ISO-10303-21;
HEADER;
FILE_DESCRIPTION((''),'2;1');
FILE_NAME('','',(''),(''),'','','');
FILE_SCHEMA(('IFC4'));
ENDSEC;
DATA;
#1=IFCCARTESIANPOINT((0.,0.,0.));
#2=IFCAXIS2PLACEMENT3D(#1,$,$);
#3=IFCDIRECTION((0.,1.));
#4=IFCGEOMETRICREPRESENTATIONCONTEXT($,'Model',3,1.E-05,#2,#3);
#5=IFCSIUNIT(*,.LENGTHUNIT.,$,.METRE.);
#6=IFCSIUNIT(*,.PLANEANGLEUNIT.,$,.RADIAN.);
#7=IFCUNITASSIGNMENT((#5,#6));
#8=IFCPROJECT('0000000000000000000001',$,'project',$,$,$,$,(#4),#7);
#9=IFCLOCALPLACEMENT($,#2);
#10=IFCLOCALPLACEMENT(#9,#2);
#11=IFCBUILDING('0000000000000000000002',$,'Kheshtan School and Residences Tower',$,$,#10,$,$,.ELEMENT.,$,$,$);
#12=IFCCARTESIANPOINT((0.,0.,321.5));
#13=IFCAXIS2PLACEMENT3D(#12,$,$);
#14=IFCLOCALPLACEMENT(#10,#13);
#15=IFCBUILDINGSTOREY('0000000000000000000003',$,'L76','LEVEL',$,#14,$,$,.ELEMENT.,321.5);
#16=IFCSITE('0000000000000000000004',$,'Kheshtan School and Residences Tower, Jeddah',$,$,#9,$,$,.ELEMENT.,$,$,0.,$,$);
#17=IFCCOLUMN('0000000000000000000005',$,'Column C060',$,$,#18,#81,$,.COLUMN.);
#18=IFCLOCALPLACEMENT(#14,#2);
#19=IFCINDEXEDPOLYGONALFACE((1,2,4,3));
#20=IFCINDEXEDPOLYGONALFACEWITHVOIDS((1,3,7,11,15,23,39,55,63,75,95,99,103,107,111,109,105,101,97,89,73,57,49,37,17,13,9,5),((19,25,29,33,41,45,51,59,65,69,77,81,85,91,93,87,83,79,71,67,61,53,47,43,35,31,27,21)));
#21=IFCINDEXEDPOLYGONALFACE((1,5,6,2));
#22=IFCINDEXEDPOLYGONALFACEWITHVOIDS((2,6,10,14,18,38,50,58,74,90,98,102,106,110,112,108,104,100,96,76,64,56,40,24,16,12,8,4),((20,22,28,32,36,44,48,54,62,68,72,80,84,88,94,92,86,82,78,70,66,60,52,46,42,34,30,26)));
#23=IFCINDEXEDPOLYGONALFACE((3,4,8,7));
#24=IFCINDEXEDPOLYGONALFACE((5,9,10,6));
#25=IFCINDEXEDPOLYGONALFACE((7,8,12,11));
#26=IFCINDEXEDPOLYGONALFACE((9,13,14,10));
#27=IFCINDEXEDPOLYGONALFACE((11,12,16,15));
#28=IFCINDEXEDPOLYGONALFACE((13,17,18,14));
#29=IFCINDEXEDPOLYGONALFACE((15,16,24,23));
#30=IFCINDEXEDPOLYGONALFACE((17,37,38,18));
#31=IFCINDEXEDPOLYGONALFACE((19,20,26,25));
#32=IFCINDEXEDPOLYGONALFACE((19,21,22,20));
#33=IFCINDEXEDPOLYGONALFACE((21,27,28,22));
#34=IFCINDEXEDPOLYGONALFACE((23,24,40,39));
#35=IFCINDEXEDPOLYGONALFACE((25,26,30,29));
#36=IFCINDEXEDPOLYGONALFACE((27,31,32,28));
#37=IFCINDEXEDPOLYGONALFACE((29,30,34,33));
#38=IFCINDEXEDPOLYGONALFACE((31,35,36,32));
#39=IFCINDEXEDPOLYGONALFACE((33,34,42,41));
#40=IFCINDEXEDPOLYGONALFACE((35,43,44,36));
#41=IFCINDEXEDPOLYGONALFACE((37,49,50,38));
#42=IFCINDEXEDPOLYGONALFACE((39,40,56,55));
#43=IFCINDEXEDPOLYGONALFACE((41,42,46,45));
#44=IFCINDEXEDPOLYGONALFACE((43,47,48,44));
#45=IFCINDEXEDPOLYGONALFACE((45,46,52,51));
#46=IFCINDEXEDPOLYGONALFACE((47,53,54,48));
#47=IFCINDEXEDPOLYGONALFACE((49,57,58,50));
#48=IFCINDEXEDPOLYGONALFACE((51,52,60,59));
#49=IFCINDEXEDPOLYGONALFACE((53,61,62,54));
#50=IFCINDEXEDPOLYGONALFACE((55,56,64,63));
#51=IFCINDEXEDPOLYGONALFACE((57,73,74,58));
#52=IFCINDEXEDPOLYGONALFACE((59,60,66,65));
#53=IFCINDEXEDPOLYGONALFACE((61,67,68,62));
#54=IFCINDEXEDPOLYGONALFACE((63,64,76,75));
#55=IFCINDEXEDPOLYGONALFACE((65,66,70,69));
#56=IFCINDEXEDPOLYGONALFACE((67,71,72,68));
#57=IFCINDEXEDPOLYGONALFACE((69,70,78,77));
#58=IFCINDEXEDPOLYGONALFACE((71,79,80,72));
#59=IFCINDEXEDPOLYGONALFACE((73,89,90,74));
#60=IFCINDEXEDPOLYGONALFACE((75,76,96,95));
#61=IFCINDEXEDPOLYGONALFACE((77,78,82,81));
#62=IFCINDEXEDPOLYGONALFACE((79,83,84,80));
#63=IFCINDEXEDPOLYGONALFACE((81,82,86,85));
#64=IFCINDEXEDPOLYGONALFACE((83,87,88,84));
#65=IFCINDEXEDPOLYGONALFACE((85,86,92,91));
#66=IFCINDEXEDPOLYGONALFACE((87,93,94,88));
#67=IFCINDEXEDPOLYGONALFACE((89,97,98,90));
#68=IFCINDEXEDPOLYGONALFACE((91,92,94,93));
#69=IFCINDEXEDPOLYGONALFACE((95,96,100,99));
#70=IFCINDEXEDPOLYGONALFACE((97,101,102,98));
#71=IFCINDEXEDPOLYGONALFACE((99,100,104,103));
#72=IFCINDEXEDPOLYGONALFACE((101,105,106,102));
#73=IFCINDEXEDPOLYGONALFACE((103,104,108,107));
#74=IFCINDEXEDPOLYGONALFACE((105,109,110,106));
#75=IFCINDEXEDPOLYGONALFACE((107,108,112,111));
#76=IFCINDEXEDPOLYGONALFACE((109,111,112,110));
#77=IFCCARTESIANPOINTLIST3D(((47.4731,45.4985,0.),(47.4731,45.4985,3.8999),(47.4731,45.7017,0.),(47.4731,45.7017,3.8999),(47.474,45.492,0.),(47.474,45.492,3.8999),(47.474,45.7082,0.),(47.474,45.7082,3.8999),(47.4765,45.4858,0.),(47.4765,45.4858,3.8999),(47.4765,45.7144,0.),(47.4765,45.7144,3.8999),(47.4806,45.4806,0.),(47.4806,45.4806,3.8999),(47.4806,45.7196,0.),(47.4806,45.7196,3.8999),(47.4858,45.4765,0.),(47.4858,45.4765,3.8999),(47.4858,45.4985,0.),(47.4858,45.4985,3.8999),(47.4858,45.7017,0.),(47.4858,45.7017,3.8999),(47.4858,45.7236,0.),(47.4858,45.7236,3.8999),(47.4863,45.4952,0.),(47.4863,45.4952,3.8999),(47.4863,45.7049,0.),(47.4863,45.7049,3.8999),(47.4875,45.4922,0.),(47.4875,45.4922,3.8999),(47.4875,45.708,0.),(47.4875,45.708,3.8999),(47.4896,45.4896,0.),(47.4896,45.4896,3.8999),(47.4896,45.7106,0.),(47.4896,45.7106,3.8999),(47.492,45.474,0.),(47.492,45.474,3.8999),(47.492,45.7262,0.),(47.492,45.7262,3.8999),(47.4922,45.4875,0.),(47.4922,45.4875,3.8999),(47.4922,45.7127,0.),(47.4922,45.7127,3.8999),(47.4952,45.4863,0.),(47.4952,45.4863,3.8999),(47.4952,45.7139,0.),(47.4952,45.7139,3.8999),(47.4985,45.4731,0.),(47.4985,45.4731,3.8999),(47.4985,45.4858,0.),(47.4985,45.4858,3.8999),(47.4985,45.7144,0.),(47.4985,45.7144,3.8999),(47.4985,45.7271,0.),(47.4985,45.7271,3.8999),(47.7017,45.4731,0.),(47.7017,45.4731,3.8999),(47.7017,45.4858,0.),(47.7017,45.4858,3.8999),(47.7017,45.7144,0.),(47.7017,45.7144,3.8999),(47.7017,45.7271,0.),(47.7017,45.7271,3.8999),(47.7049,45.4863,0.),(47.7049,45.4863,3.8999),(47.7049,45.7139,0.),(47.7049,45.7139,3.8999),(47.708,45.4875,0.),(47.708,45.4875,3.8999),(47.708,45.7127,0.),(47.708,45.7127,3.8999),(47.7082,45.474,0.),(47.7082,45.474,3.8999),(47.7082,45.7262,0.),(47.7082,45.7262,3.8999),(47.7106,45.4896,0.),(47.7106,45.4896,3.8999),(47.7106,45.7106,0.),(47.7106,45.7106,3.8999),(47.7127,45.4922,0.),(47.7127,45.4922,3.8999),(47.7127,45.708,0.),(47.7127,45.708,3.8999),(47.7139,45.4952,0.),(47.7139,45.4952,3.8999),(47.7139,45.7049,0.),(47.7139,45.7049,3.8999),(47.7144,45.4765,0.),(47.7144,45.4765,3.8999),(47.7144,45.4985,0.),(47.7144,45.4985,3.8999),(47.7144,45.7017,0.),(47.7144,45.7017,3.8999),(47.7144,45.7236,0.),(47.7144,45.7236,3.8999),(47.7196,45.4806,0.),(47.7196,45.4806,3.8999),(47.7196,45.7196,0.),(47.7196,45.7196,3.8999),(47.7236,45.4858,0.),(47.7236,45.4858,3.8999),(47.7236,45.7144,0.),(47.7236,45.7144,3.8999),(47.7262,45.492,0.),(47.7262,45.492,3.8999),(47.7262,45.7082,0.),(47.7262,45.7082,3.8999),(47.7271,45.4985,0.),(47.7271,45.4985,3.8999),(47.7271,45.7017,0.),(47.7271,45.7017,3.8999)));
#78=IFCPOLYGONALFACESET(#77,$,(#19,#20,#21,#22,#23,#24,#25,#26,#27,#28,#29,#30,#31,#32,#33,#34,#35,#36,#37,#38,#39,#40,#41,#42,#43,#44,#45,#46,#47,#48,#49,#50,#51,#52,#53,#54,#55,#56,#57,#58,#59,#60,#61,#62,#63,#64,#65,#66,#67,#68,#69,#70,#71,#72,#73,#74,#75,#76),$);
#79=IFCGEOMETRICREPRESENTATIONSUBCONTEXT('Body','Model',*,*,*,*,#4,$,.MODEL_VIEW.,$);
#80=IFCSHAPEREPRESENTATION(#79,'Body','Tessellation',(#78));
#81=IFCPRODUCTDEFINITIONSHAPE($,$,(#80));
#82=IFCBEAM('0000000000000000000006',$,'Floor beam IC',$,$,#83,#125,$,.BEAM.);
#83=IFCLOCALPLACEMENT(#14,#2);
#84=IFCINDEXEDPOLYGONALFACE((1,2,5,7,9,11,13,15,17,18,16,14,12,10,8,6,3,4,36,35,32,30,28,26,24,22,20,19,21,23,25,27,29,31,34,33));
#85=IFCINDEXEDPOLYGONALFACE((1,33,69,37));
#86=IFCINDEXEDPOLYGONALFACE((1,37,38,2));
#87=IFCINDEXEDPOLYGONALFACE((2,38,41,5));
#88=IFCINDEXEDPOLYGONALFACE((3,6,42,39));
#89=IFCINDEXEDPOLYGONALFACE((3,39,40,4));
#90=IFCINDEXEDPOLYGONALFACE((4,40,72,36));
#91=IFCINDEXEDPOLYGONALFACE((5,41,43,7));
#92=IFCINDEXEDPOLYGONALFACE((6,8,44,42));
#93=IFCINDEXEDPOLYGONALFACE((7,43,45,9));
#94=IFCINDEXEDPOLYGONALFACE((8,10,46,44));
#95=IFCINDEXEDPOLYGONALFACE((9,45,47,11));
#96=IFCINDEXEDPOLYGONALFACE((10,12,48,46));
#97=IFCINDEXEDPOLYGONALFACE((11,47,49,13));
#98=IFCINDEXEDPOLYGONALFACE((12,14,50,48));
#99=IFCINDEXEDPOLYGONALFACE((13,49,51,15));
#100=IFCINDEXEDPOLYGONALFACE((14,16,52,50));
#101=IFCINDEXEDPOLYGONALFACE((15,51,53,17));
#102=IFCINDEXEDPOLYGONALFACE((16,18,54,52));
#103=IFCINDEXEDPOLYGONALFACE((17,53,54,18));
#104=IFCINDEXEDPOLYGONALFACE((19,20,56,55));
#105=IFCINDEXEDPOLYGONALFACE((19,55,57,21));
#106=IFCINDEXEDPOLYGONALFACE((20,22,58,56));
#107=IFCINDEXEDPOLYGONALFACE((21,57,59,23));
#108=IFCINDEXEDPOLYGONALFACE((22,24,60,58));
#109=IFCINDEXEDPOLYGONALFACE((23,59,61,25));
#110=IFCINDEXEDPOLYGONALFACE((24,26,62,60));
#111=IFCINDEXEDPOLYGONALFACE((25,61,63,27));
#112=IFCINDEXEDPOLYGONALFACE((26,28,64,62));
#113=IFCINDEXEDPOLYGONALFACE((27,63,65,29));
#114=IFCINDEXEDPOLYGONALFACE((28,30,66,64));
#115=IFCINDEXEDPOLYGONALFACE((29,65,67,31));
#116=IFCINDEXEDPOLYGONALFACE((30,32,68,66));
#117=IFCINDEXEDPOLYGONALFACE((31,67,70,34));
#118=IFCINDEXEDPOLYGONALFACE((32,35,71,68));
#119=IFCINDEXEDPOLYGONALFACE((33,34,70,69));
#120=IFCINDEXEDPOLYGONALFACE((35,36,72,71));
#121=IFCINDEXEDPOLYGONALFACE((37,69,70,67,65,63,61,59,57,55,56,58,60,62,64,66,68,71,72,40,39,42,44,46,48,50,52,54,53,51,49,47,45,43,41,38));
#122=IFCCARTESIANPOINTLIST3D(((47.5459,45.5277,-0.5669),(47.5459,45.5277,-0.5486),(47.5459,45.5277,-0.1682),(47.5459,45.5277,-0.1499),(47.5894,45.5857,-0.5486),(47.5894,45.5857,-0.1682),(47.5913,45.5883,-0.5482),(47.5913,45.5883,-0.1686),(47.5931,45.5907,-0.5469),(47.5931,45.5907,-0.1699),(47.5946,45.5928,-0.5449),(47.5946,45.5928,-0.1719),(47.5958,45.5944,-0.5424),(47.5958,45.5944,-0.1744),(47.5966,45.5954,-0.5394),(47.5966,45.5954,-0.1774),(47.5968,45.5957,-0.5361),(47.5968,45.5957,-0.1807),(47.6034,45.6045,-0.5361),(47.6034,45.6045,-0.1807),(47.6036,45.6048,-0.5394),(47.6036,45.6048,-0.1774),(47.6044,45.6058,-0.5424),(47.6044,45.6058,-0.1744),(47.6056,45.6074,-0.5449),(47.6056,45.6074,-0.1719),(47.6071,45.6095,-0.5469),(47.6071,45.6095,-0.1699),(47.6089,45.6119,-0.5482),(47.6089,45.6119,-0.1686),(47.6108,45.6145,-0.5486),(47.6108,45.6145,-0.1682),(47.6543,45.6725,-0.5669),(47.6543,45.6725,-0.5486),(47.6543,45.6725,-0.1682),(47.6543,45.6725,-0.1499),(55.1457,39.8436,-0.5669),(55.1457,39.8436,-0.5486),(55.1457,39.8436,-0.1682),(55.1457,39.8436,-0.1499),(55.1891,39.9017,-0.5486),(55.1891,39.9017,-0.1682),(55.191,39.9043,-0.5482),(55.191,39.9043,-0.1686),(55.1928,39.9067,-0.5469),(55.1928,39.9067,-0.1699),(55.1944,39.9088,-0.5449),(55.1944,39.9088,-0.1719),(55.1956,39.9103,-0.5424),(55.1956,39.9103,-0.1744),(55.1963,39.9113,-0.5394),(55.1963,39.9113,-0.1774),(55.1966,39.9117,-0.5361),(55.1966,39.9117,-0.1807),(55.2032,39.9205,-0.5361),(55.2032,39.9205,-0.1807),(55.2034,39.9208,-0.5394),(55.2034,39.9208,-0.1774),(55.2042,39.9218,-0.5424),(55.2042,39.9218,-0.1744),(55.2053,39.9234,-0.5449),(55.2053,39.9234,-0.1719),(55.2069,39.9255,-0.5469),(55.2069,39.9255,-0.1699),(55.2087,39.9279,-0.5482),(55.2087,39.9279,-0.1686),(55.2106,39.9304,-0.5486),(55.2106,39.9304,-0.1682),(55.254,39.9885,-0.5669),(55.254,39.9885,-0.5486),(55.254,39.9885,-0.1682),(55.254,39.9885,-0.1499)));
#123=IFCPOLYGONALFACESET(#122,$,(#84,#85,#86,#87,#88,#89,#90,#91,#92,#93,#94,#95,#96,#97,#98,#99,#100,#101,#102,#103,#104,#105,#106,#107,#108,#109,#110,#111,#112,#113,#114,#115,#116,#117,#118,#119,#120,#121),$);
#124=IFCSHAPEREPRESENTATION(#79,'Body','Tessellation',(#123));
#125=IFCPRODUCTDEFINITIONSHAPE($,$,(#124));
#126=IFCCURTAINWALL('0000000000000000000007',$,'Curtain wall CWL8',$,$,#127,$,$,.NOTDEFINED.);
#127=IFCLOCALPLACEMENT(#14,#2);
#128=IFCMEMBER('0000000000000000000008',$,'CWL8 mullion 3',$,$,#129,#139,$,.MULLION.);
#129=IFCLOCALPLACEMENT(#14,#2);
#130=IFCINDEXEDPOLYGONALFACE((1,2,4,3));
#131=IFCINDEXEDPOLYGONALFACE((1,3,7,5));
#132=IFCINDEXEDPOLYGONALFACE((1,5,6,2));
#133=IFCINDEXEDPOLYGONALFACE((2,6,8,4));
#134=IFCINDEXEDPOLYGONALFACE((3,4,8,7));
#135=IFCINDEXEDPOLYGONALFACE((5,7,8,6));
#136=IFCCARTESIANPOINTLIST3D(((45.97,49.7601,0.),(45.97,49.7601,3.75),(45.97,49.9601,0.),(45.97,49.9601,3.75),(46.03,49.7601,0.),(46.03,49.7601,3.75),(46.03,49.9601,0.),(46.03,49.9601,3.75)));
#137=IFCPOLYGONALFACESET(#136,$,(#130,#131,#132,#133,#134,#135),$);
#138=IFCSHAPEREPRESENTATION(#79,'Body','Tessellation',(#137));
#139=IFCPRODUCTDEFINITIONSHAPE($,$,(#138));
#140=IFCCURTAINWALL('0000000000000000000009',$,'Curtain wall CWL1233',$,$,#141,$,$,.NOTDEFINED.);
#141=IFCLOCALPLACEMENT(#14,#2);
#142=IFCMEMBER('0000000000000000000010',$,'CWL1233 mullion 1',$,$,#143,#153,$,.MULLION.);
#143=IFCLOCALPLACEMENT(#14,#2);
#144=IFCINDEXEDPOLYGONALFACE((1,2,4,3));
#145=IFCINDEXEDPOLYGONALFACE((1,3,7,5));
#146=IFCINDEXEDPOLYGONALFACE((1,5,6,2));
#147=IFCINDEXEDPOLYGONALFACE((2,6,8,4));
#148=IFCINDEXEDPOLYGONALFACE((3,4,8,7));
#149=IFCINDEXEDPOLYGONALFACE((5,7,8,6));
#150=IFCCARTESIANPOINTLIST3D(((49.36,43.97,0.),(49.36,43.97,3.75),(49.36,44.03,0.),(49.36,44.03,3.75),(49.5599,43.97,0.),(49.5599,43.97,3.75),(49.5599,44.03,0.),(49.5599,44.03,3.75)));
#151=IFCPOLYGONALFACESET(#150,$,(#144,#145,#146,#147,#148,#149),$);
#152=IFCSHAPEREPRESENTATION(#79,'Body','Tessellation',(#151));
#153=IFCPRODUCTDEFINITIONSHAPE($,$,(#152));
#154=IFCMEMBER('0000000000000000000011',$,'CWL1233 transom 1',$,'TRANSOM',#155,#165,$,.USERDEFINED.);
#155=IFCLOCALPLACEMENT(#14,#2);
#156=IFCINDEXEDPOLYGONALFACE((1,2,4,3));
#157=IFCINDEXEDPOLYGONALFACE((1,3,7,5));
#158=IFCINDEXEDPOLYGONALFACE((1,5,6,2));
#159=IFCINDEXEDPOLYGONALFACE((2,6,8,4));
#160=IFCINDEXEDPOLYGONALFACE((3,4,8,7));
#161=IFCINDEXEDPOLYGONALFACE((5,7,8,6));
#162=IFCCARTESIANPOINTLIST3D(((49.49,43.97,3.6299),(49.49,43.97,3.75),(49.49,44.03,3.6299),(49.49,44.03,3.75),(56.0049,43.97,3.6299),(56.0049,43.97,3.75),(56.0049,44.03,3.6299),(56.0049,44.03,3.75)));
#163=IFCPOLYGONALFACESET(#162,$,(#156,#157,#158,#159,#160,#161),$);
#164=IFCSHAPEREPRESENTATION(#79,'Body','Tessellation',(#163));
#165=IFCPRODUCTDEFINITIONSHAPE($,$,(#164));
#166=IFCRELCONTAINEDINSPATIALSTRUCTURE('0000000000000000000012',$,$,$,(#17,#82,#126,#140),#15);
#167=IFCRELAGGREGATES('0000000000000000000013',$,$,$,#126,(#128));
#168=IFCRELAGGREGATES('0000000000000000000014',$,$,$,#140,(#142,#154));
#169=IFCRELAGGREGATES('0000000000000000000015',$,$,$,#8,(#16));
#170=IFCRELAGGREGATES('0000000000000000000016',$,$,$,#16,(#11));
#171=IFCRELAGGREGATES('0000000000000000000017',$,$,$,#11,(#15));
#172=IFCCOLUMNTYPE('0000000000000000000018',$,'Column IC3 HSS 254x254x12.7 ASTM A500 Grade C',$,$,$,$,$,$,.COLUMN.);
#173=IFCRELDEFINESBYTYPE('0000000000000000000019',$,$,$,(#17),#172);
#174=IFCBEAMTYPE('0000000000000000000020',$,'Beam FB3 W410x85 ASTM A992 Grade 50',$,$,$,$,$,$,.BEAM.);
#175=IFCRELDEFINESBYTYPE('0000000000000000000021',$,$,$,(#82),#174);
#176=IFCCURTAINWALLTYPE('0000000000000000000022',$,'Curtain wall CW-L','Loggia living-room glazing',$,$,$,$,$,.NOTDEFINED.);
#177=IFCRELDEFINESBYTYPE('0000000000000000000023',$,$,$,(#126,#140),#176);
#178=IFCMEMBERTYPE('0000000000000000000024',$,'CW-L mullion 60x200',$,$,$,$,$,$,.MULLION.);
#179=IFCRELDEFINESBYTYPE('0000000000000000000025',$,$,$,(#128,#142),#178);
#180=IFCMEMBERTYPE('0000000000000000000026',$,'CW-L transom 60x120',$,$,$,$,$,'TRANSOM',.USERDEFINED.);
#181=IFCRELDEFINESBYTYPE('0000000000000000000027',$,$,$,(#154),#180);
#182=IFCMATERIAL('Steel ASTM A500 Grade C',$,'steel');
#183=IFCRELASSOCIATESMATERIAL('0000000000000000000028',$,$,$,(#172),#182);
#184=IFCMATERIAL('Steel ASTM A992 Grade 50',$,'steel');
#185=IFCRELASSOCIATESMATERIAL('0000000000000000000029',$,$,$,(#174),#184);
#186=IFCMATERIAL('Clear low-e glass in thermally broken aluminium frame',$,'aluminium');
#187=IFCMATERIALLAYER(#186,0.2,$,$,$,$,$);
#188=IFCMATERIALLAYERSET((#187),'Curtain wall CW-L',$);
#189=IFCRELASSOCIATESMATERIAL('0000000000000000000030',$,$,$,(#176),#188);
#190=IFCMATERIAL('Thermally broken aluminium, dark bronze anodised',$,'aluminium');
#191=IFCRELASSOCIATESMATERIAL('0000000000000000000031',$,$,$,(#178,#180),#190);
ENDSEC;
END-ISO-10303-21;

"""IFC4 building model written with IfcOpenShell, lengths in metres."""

from ifc_helpers import new_model, si_unit, direction, frame, origin, origin_2d, place, context, subcontext, project, spatial, rectangle, hollow_rectangle, i_section, extrude, material, layer, layer_set, material_profile, profile_set, type_object, element, aggregate, save


model = new_model("IFC4")

# Units and contexts
model_context = context("Model", 3, precision=1e-05, world=origin(), true_north=direction((0.0, 1.0)))
body_context = subcontext(model_context, "Body", "Model", "MODEL_VIEW")
ifc_project = project(units=[si_unit("LENGTHUNIT", "METRE"), si_unit("PLANEANGLEUNIT", "RADIAN")], contexts=[model_context])

# Site, building, storey
site_placement = place(None, origin())
site = spatial("IfcSite", under=ifc_project, at=site_placement, Name="Kheshtan School and Residences Tower, Jeddah", CompositionType="ELEMENT", RefElevation=0.0)
building_placement = place(site_placement, origin())
building = spatial("IfcBuilding", under=site, at=building_placement, Name="Kheshtan School and Residences Tower", CompositionType="ELEMENT")
storey_placement = place(building_placement, frame((0.0, 0.0, 321.5)))
storey = spatial("IfcBuildingStorey", under=building, at=storey_placement, Name="L76", Description="LEVEL", CompositionType="ELEMENT", Elevation=321.5)

# Column
ifc_material_1 = material(Name="Steel ASTM A500 Grade C", Category="steel")
ifc_material_profile_1 = material_profile(ifc_material_1, hollow_rectangle(XDim=0.2539, YDim=0.2539, WallThickness=0.0127, InnerFilletRadius=0.0127, OuterFilletRadius=0.0254, at=origin_2d()), Name="HSS 254x254x12.7")
ifc_profile_set_1 = profile_set([ifc_material_profile_1], Name="Steel ASTM A500 Grade C")
column_type = type_object("IfcColumnType", Name="Column IC3 HSS 254x254x12.7 ASTM A500 Grade C", PredefinedType="COLUMN", material=ifc_profile_set_1)
column_placement = place(storey_placement, frame((47.6001, 45.6001, 0.0), z_axis=(0.0, 0.0, 1.0), x_axis=(1.0, 0.0, 0.0)))
element("IfcColumn", 1, at=column_placement, inside=storey, type_object=column_type, Name="Column C060", PredefinedType="COLUMN", context=body_context, shape_type="SweptSolid", body=[
    extrude(hollow_rectangle(XDim=0.2539, YDim=0.2539, WallThickness=0.0127, InnerFilletRadius=0.0127, OuterFilletRadius=0.0254, at=origin_2d()), origin(), (0.0, 0.0, 1.0), 3.8999),
])

# Beam
ifc_material_2 = material(Name="Steel ASTM A992 Grade 50", Category="steel")
ifc_material_profile_2 = material_profile(ifc_material_2, i_section(OverallWidth=0.1809, OverallDepth=0.417, WebThickness=0.011, FlangeThickness=0.0183, FilletRadius=0.0125, at=origin_2d()), Name="W410x85")
ifc_profile_set_2 = profile_set([ifc_material_profile_2], Name="Steel ASTM A992 Grade 50")
beam_type = type_object("IfcBeamType", Name="Beam FB3 W410x85 ASTM A992 Grade 50", PredefinedType="BEAM", material=ifc_profile_set_2)
beam_placement = place(storey_placement, frame((47.6001, 45.6001, -0.3584), z_axis=(0.800799, -0.598933, 0.0), x_axis=(0.598933, 0.800799, 0.0)))
element("IfcBeam", 2, at=beam_placement, inside=storey, type_object=beam_type, Name="Floor beam IC", PredefinedType="BEAM", context=body_context, shape_type="SweptSolid", body=[
    extrude(i_section(OverallWidth=0.1809, OverallDepth=0.417, WebThickness=0.011, FlangeThickness=0.0183, FilletRadius=0.0125, at=origin_2d()), origin(), (0.0, 0.0, 1.0), 9.4902),
])

# Curtain wall, member
ifc_material_3 = material(Name="Clear low-e glass in thermally broken aluminium frame", Category="aluminium")
ifc_layer_1 = layer(ifc_material_3, 0.2)
ifc_layer_set_1 = layer_set([ifc_layer_1], Name="Curtain wall CW-L")
curtain_wall_type = type_object("IfcCurtainWallType", Name="Curtain wall CW-L", Description="Loggia living-room glazing", PredefinedType="NOTDEFINED", material=ifc_layer_set_1)
curtain_wall_1_placement = place(storey_placement, origin())
curtain_wall_1 = element("IfcCurtainWall", 3, at=curtain_wall_1_placement, inside=storey, type_object=curtain_wall_type, Name="Curtain wall CWL8", PredefinedType="NOTDEFINED")
ifc_material_4 = material(Name="Thermally broken aluminium, dark bronze anodised", Category="aluminium")
ifc_material_profile_3 = material_profile(ifc_material_4, rectangle(XDim=0.0601, YDim=0.2, at=origin_2d()), Name="CW-L mullion 60x200")
ifc_profile_set_3 = profile_set([ifc_material_profile_3], Name="Thermally broken aluminium, dark bronze anodised")
member_type_1 = type_object("IfcMemberType", Name="CW-L mullion 60x200", PredefinedType="MULLION", material=ifc_profile_set_3)
member_1_placement = place(storey_placement, frame((46.0, 49.8601, 0.0), z_axis=(0.0, 0.0, 1.0), x_axis=(1.0, 0.0, 0.0)))
member_1 = element("IfcMember", 4, at=member_1_placement, type_object=member_type_1, Name="CWL8 mullion 3", PredefinedType="MULLION", context=body_context, shape_type="SweptSolid", body=[
    extrude(rectangle(XDim=0.0601, YDim=0.2, at=origin_2d()), origin(), (0.0, 0.0, 1.0), 3.75),
])
aggregate(curtain_wall_1, [member_1])

# Curtain wall, members
curtain_wall_2_placement = place(storey_placement, origin())
curtain_wall_2 = element("IfcCurtainWall", 5, at=curtain_wall_2_placement, inside=storey, type_object=curtain_wall_type, Name="Curtain wall CWL1233", PredefinedType="NOTDEFINED")
member_2_placement = place(storey_placement, frame((49.46, 44.0, 0.0), z_axis=(0.0, 0.0, 1.0), x_axis=(0.0, 1.0, 0.0)))
member_2 = element("IfcMember", 6, at=member_2_placement, type_object=member_type_1, Name="CWL1233 mullion 1", PredefinedType="MULLION", context=body_context, shape_type="SweptSolid", body=[
    extrude(rectangle(XDim=0.0601, YDim=0.2, at=origin_2d()), origin(), (0.0, 0.0, 1.0), 3.75),
])
ifc_material_profile_4 = material_profile(ifc_material_4, rectangle(XDim=0.0601, YDim=0.1201, at=origin_2d()), Name="CW-L transom 60x120")
ifc_profile_set_4 = profile_set([ifc_material_profile_4], Name="Thermally broken aluminium, dark bronze anodised")
member_type_2 = type_object("IfcMemberType", Name="CW-L transom 60x120", ElementType="TRANSOM", PredefinedType="USERDEFINED", material=ifc_profile_set_4)
member_3_placement = place(storey_placement, frame((49.49, 44.0, 3.6899), z_axis=(1.0, 0.0, 0.0), x_axis=(0.0, 1.0, 0.0)))
member_3 = element("IfcMember", 7, at=member_3_placement, type_object=member_type_2, Name="CWL1233 transom 1", ObjectType="TRANSOM", PredefinedType="USERDEFINED", context=body_context, shape_type="SweptSolid", body=[
    extrude(rectangle(XDim=0.0601, YDim=0.1201, at=origin_2d()), origin(), (0.0, 0.0, 1.0), 6.5149),
])
aggregate(curtain_wall_2, [member_2, member_3])

save(model, "model.ifc")
